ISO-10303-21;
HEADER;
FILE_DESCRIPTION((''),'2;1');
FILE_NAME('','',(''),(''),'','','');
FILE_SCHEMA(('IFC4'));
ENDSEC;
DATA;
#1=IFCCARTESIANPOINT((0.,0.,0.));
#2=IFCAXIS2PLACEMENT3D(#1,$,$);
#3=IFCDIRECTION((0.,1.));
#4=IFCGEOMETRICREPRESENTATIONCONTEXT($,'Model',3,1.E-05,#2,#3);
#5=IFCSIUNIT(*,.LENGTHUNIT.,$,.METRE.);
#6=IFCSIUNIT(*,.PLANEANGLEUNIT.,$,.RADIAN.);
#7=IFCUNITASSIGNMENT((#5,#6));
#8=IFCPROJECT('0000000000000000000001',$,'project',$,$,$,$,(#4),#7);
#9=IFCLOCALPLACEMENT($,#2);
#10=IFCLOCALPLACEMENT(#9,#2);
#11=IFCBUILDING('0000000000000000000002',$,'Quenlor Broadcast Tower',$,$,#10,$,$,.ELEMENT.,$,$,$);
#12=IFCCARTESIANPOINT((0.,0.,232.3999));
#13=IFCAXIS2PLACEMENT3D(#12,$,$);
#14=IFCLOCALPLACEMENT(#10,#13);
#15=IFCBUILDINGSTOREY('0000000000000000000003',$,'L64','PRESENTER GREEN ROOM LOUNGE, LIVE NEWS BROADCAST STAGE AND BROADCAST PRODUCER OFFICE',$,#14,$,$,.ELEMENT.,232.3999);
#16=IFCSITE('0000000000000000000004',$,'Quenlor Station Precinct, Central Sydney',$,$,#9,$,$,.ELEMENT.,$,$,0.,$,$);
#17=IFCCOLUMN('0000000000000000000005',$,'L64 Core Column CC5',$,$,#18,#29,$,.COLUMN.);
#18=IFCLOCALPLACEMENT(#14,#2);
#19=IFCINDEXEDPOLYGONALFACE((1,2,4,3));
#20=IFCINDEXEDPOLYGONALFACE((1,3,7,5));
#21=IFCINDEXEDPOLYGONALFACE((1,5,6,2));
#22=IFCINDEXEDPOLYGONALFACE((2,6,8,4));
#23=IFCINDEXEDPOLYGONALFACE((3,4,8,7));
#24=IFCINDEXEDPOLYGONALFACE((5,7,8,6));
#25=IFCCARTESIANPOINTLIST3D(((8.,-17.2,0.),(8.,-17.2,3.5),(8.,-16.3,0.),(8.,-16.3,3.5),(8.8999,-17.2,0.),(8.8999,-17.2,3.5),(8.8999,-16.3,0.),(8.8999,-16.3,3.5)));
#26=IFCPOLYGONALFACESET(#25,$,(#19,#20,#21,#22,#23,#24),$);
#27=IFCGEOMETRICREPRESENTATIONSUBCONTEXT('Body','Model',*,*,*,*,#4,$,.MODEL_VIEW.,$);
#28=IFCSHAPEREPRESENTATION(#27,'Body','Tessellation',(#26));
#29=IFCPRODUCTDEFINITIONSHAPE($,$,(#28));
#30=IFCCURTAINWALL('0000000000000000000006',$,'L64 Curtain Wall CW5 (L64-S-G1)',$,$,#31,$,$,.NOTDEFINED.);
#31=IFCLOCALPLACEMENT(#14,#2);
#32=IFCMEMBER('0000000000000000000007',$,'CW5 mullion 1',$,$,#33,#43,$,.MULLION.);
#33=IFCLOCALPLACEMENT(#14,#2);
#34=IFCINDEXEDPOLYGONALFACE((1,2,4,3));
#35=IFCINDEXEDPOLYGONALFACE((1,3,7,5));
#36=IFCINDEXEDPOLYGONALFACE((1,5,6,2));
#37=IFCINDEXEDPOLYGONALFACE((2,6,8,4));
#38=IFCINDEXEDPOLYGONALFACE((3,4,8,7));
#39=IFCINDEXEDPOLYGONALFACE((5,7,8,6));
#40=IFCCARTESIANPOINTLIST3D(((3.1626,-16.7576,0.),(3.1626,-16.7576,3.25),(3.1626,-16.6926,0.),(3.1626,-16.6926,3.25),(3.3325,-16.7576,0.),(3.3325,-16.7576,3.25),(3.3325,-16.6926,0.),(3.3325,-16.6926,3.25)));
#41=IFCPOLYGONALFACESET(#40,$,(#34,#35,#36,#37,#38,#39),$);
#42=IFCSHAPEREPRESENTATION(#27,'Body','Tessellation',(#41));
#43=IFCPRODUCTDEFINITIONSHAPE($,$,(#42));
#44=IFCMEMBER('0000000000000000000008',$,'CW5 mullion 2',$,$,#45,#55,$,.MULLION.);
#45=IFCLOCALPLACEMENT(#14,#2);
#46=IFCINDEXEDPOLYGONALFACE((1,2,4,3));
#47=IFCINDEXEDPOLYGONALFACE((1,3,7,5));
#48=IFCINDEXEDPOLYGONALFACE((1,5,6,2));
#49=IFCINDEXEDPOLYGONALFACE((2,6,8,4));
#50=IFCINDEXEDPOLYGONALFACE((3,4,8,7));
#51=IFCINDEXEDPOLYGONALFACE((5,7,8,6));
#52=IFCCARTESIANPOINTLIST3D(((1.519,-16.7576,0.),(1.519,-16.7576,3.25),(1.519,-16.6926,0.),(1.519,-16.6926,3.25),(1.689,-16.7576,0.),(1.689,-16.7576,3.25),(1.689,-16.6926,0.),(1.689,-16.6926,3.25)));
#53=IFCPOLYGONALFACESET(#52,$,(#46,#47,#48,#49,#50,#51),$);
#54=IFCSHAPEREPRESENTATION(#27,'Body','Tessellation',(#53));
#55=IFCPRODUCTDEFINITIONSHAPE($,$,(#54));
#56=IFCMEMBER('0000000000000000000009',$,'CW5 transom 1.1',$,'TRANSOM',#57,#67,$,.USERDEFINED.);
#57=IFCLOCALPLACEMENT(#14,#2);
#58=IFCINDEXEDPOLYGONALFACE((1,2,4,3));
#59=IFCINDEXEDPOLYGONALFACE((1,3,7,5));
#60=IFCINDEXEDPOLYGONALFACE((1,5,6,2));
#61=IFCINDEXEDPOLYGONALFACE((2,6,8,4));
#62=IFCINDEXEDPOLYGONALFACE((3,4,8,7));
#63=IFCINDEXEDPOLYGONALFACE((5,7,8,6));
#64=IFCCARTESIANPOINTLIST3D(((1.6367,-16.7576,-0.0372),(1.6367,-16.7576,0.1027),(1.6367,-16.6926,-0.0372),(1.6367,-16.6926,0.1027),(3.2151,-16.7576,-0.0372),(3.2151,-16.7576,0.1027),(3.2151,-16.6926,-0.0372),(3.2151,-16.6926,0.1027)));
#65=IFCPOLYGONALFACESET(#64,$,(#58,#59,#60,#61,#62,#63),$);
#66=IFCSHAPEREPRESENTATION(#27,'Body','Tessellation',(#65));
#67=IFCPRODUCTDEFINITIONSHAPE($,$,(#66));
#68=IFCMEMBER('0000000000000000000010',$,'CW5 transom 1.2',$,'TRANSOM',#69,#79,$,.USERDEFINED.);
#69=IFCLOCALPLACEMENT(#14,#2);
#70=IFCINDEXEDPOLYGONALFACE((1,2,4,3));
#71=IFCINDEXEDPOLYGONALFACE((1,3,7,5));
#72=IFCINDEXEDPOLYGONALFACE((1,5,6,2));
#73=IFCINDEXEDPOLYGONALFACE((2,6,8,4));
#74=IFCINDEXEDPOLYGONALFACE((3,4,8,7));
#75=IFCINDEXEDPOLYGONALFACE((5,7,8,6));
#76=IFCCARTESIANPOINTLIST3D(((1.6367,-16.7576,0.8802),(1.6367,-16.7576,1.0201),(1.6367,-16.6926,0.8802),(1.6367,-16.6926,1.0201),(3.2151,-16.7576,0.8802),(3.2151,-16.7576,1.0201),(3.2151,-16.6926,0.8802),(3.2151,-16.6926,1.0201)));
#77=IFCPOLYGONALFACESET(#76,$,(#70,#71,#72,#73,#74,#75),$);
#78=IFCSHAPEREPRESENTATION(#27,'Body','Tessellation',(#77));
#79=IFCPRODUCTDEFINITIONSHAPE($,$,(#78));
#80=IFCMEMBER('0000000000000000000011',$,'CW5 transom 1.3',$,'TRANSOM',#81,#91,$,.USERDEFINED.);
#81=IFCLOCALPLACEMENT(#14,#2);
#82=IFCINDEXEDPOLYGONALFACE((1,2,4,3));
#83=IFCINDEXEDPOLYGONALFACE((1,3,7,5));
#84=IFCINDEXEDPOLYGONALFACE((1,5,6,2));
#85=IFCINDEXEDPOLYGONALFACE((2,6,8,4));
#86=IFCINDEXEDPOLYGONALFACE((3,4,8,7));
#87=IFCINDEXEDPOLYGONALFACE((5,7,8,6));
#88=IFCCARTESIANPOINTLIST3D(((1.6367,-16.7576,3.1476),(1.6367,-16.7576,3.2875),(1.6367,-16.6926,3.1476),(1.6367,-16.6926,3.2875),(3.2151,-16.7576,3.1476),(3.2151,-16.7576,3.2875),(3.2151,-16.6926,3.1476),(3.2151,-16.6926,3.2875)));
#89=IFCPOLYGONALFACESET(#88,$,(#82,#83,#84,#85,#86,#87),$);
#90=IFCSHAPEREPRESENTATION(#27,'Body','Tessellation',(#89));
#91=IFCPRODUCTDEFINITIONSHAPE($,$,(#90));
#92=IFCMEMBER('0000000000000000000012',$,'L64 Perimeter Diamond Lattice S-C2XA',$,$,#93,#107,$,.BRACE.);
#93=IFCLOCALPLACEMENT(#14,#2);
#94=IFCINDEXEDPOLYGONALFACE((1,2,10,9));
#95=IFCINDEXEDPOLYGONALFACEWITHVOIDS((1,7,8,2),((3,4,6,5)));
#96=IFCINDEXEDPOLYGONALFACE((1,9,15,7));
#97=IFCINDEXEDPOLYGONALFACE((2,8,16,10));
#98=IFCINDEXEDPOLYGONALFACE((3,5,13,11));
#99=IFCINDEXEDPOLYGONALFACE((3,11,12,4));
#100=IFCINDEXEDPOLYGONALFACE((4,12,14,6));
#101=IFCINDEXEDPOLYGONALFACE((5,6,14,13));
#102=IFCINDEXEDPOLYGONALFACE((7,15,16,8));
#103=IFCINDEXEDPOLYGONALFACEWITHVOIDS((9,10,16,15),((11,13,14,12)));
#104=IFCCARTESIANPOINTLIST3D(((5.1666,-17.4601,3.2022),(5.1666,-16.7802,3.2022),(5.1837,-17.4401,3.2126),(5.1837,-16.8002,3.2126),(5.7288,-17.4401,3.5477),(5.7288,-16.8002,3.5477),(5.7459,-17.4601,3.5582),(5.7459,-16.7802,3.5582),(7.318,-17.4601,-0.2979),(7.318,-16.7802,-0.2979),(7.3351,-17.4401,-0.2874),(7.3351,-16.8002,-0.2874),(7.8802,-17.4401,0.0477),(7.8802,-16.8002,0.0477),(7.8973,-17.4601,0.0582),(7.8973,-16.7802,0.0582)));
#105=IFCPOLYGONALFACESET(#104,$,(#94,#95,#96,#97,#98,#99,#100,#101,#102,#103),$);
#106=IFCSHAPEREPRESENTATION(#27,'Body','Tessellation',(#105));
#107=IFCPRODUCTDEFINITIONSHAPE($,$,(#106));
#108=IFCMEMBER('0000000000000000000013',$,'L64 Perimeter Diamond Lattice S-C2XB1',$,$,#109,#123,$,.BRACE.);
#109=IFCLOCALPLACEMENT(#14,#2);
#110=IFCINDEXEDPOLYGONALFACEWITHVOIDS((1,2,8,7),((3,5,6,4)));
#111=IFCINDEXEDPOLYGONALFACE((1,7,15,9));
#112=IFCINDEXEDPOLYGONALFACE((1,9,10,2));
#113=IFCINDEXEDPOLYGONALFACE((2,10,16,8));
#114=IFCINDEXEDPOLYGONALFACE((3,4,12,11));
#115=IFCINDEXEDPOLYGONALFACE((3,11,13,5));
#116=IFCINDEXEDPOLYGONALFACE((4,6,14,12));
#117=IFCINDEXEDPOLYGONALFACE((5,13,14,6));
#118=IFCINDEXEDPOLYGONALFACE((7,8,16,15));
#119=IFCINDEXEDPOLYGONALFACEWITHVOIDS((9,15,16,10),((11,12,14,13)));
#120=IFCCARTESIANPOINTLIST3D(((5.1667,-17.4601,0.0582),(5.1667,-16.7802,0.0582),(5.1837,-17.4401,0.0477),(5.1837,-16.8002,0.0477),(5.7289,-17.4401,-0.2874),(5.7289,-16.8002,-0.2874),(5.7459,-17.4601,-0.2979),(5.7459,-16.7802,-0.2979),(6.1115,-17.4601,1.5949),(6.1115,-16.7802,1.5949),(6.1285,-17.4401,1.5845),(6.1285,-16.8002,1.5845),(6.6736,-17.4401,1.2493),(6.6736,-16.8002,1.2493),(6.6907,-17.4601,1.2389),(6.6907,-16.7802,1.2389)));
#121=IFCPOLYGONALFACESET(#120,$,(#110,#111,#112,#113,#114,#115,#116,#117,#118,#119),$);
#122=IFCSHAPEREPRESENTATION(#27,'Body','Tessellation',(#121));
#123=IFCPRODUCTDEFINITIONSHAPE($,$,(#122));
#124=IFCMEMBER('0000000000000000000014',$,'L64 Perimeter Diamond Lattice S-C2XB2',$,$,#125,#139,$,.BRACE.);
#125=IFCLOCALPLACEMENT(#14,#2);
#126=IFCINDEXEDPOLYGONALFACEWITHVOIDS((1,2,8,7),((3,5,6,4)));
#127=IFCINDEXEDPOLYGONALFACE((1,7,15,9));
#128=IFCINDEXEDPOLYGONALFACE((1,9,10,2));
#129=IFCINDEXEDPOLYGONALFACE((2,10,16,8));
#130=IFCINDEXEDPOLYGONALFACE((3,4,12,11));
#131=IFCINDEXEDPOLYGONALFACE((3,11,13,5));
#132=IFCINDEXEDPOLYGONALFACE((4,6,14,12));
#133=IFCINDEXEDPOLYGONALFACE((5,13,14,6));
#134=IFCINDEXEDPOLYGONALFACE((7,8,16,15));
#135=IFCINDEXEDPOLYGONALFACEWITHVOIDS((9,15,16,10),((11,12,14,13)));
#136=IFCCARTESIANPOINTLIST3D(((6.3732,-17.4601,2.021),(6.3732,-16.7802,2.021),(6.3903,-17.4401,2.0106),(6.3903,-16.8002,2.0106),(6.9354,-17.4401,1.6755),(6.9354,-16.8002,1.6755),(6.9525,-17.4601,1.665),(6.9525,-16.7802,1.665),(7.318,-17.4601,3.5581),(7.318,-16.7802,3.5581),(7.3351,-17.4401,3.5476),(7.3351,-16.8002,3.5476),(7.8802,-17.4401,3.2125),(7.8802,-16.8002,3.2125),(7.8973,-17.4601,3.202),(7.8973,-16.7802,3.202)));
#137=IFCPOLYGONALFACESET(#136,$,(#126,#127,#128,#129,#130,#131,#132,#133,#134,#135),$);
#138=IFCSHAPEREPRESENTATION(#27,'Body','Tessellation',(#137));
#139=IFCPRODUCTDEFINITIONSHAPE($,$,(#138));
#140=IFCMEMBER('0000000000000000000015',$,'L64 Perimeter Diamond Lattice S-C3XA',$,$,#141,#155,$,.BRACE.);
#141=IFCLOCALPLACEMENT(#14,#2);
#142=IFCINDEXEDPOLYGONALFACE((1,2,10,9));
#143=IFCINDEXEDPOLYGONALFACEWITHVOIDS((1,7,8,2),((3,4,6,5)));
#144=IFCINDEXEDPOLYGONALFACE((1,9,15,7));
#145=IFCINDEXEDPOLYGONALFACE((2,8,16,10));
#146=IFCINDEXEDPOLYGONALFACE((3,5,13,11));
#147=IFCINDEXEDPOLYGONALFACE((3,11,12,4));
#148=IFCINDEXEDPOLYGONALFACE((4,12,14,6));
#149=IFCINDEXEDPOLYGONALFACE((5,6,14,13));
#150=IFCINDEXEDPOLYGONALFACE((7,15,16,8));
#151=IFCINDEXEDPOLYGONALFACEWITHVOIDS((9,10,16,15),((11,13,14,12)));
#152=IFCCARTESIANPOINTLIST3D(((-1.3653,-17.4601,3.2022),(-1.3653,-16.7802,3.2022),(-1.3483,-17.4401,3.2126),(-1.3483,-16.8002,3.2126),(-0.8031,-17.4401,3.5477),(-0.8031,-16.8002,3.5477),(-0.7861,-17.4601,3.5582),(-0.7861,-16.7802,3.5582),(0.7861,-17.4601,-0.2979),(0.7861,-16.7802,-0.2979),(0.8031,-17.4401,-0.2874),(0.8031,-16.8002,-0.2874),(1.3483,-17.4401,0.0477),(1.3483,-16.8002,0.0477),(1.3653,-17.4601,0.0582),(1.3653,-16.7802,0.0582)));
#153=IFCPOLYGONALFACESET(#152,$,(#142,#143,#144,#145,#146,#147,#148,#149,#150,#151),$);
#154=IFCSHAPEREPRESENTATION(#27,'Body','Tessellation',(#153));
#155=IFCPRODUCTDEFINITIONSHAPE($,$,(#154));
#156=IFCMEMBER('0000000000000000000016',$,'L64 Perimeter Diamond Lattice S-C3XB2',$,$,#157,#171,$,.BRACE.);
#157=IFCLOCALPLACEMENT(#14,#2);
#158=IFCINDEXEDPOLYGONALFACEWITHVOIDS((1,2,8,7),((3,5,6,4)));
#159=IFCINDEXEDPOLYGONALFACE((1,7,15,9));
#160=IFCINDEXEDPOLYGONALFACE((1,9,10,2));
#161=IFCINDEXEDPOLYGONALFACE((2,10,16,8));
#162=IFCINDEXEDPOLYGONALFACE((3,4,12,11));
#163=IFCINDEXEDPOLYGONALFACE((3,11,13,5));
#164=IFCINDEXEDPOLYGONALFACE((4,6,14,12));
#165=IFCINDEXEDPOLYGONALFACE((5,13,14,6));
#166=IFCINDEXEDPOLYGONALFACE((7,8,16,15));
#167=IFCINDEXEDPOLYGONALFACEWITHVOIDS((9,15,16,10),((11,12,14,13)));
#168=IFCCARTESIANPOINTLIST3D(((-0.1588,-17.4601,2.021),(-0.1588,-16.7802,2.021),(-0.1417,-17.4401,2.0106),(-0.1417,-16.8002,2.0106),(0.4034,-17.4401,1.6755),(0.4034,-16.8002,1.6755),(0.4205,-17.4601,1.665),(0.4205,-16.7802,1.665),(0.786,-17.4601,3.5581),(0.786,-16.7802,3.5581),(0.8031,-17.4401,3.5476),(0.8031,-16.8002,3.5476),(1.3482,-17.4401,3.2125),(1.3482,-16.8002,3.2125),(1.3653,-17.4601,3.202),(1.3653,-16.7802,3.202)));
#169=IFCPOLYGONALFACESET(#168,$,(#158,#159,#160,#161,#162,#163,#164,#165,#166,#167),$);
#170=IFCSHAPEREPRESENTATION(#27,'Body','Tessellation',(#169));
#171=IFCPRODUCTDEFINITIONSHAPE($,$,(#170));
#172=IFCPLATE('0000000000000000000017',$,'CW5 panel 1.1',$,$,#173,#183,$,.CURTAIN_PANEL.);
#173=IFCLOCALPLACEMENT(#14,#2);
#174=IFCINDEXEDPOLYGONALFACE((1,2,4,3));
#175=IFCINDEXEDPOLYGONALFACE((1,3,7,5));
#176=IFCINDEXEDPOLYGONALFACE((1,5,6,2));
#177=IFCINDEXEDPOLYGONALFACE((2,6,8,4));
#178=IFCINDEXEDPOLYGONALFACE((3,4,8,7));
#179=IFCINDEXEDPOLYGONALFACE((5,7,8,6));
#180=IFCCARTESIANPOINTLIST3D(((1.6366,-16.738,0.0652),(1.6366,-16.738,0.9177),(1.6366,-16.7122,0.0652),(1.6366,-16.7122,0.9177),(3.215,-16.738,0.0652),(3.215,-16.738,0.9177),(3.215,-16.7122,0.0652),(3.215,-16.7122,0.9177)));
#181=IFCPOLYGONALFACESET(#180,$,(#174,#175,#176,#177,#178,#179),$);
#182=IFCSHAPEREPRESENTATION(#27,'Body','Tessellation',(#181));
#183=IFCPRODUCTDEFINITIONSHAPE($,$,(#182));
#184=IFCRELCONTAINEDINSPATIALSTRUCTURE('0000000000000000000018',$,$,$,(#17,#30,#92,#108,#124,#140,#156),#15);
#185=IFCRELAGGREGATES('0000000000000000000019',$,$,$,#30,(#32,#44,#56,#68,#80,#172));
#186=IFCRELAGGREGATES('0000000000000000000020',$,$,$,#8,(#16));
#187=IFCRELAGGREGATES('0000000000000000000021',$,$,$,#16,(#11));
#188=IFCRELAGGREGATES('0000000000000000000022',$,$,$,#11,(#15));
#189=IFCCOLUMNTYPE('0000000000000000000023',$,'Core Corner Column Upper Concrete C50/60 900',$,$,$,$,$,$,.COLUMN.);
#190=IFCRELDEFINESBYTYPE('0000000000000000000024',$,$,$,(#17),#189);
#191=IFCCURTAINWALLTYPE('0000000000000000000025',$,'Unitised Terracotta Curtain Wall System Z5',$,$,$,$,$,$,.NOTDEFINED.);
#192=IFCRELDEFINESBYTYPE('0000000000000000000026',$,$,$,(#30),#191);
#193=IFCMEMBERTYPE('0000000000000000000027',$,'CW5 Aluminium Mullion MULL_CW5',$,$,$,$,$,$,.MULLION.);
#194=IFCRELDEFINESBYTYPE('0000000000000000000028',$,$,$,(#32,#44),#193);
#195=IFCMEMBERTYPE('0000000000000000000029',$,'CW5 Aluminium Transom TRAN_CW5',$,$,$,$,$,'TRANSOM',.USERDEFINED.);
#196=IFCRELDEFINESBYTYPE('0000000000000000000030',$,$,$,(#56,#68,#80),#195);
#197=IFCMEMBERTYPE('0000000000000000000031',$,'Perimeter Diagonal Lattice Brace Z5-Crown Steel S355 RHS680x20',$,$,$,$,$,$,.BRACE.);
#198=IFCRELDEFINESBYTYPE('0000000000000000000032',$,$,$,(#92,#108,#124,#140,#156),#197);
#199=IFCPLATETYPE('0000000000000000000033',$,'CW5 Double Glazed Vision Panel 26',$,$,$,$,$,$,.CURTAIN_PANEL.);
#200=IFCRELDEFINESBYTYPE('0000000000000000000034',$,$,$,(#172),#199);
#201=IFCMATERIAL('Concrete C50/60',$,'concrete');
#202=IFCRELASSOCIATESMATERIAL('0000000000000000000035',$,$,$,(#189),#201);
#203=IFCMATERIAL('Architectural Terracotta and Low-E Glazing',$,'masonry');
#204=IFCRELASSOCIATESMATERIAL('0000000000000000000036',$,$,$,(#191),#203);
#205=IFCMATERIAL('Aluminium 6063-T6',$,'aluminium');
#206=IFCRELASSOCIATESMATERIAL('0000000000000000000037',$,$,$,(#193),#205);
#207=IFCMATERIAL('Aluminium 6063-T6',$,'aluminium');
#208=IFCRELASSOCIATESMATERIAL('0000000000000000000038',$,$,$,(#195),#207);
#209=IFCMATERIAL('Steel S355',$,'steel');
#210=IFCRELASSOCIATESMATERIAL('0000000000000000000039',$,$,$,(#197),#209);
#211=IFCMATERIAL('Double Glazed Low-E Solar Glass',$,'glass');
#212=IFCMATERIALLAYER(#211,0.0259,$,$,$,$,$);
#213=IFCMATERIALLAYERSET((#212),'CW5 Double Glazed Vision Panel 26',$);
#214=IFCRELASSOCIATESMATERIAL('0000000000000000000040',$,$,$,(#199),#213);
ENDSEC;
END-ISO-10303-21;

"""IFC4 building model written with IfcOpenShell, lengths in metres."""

from ifc_helpers import new_model, si_unit, direction, frame, origin, origin_2d, place, context, subcontext, project, spatial, rectangle, hollow_rectangle, extrude, material, layer, layer_set, material_profile, profile_set, type_object, element, aggregate, save


model = new_model("IFC4")

# Units and contexts
model_context = context("Model", 3, precision=1e-05, world=origin(), true_north=direction((0.0, 1.0)))
body_context = subcontext(model_context, "Body", "Model", "MODEL_VIEW")
ifc_project = project(units=[si_unit("LENGTHUNIT", "METRE"), si_unit("PLANEANGLEUNIT", "RADIAN")], contexts=[model_context])

# Site, building, storey
site_placement = place(None, origin())
site = spatial("IfcSite", under=ifc_project, at=site_placement, Name="Quenlor Station Precinct, Central Sydney", CompositionType="ELEMENT", RefElevation=0.0)
building_placement = place(site_placement, origin())
building = spatial("IfcBuilding", under=site, at=building_placement, Name="Quenlor Broadcast Tower", CompositionType="ELEMENT")
storey_placement = place(building_placement, frame((0.0, 0.0, 232.3999)))
storey = spatial("IfcBuildingStorey", under=building, at=storey_placement, Name="L64", Description="PRESENTER GREEN ROOM LOUNGE, LIVE NEWS BROADCAST STAGE AND BROADCAST PRODUCER OFFICE", CompositionType="ELEMENT", Elevation=232.3999)

# Column
ifc_material_1 = material(Name="Concrete C50/60", Category="concrete")
ifc_material_profile_1 = material_profile(ifc_material_1, rectangle(XDim=0.8999, YDim=0.8999, at=origin_2d()))
ifc_profile_set_1 = profile_set([ifc_material_profile_1], Name="Concrete C50/60 RC900x900")
column_type = type_object("IfcColumnType", Name="Core Corner Column Upper Concrete C50/60 900", PredefinedType="COLUMN", material=ifc_profile_set_1)
column_placement = place(storey_placement, frame((8.45, -16.75, 0.0), z_axis=(0.0, 0.0, 1.0), x_axis=(1.0, 0.0, 0.0)))
element("IfcColumn", 1, at=column_placement, inside=storey, type_object=column_type, Name="L64 Core Column CC5", PredefinedType="COLUMN", context=body_context, shape_type="SweptSolid", body=[
    extrude(rectangle(XDim=0.8999, YDim=0.8999, at=origin_2d()), origin(), (0.0, 0.0, 1.0), 3.5),
])

# Curtain wall, members
ifc_material_2 = material(Name="Architectural Terracotta and Low-E Glazing", Category="masonry")
curtain_wall_type = type_object("IfcCurtainWallType", Name="Unitised Terracotta Curtain Wall System Z5", PredefinedType="NOTDEFINED", material=ifc_material_2)
curtain_wall_placement = place(storey_placement, origin())
curtain_wall = element("IfcCurtainWall", 2, at=curtain_wall_placement, inside=storey, type_object=curtain_wall_type, Name="L64 Curtain Wall CW5 (L64-S-G1)", PredefinedType="NOTDEFINED")
ifc_material_3 = material(Name="Aluminium 6063-T6", Category="aluminium")
ifc_material_profile_2 = material_profile(ifc_material_3, rectangle(XDim=0.0649, YDim=0.1699, at=origin_2d()))
ifc_profile_set_2 = profile_set([ifc_material_profile_2], Name="Aluminium 6063-T6 MULL65x170")
member_type_1 = type_object("IfcMemberType", Name="CW5 Aluminium Mullion MULL_CW5", PredefinedType="MULLION", material=ifc_profile_set_2)
member_1_placement = place(storey_placement, frame((3.2476, -16.7251, 0.0), z_axis=(0.0, 0.0, 1.0), x_axis=(0.0, -1.0, 0.0)))
member_1 = element("IfcMember", 3, at=member_1_placement, type_object=member_type_1, Name="CW5 mullion 1", PredefinedType="MULLION", context=body_context, shape_type="SweptSolid", body=[
    extrude(rectangle(XDim=0.0649, YDim=0.1699, at=origin_2d()), origin(), (0.0, 0.0, 1.0), 3.25),
])
member_2_placement = place(storey_placement, frame((1.604, -16.7251, 0.0), z_axis=(0.0, 0.0, 1.0), x_axis=(0.0, -1.0, 0.0)))
member_2 = element("IfcMember", 4, at=member_2_placement, type_object=member_type_1, Name="CW5 mullion 2", PredefinedType="MULLION", context=body_context, shape_type="SweptSolid", body=[
    extrude(rectangle(XDim=0.0649, YDim=0.1699, at=origin_2d()), origin(), (0.0, 0.0, 1.0), 3.25),
])
ifc_material_4 = material(Name="Aluminium 6063-T6", Category="aluminium")
ifc_material_profile_3 = material_profile(ifc_material_4, rectangle(XDim=0.0649, YDim=0.1399, at=origin_2d()))
ifc_profile_set_3 = profile_set([ifc_material_profile_3], Name="Aluminium 6063-T6 TRAN65x140")
member_type_2 = type_object("IfcMemberType", Name="CW5 Aluminium Transom TRAN_CW5", ElementType="TRANSOM", PredefinedType="USERDEFINED", material=ifc_profile_set_3)
member_3_placement = place(storey_placement, frame((3.2151, -16.7251, 0.0327), z_axis=(-1.0, 0.0, 0.0), x_axis=(0.0, -1.0, 0.0)))
member_3 = element("IfcMember", 5, at=member_3_placement, type_object=member_type_2, Name="CW5 transom 1.1", ObjectType="TRANSOM", PredefinedType="USERDEFINED", context=body_context, shape_type="SweptSolid", body=[
    extrude(rectangle(XDim=0.0649, YDim=0.1399, at=origin_2d()), origin(), (0.0, 0.0, 1.0), 1.5784),
])
member_4_placement = place(storey_placement, frame((3.2151, -16.7251, 0.9502), z_axis=(-1.0, 0.0, 0.0), x_axis=(0.0, -1.0, 0.0)))
member_4 = element("IfcMember", 6, at=member_4_placement, type_object=member_type_2, Name="CW5 transom 1.2", ObjectType="TRANSOM", PredefinedType="USERDEFINED", context=body_context, shape_type="SweptSolid", body=[
    extrude(rectangle(XDim=0.0649, YDim=0.1399, at=origin_2d()), origin(), (0.0, 0.0, 1.0), 1.5784),
])
member_5_placement = place(storey_placement, frame((3.2151, -16.7251, 3.2175), z_axis=(-1.0, 0.0, 0.0), x_axis=(0.0, -1.0, 0.0)))
member_5 = element("IfcMember", 7, at=member_5_placement, type_object=member_type_2, Name="CW5 transom 1.3", ObjectType="TRANSOM", PredefinedType="USERDEFINED", context=body_context, shape_type="SweptSolid", body=[
    extrude(rectangle(XDim=0.0649, YDim=0.1399, at=origin_2d()), origin(), (0.0, 0.0, 1.0), 1.5784),
])

# Members
ifc_material_5 = material(Name="Steel S355", Category="steel")
ifc_material_profile_4 = material_profile(ifc_material_5, hollow_rectangle(XDim=0.6799, YDim=0.6799, WallThickness=0.02, at=origin_2d()))
ifc_profile_set_4 = profile_set([ifc_material_profile_4], Name="Steel S355 RHS680x680x20")
member_type_3 = type_object("IfcMemberType", Name="Perimeter Diagonal Lattice Brace Z5-Crown Steel S355 RHS680x20", PredefinedType="BRACE", material=ifc_profile_set_4)
member_6_placement = place(storey_placement, frame((7.6077, -17.1201, -0.1199), z_axis=(-0.52366, 0.0, 0.851928), x_axis=(0.0, -1.0, 0.0)))
element("IfcMember", 8, at=member_6_placement, inside=storey, type_object=member_type_3, Name="L64 Perimeter Diamond Lattice S-C2XA", PredefinedType="BRACE", context=body_context, shape_type="SweptSolid", body=[
    extrude(hollow_rectangle(XDim=0.6799, YDim=0.6799, WallThickness=0.02, at=origin_2d()), origin(), (0.0, 0.0, 1.0), 4.1084),
])
member_7_placement = place(storey_placement, frame((5.4563, -17.1201, -0.1199), z_axis=(0.52372, 0.0, 0.851891), x_axis=(0.0, 1.0, 0.0)))
element("IfcMember", 9, at=member_7_placement, inside=storey, type_object=member_type_3, Name="L64 Perimeter Diamond Lattice S-C2XB1", PredefinedType="BRACE", context=body_context, shape_type="SweptSolid", body=[
    extrude(hollow_rectangle(XDim=0.6799, YDim=0.6799, WallThickness=0.02, at=origin_2d()), origin(), (0.0, 0.0, 1.0), 1.804),
])
member_8_placement = place(storey_placement, frame((6.6628, -17.1201, 1.843), z_axis=(0.523659, 0.0, 0.851928), x_axis=(0.0, 1.0, 0.0)))
element("IfcMember", 10, at=member_8_placement, inside=storey, type_object=member_type_3, Name="L64 Perimeter Diamond Lattice S-C2XB2", PredefinedType="BRACE", context=body_context, shape_type="SweptSolid", body=[
    extrude(hollow_rectangle(XDim=0.6799, YDim=0.6799, WallThickness=0.02, at=origin_2d()), origin(), (0.0, 0.0, 1.0), 1.8042),
])
member_9_placement = place(storey_placement, frame((1.0757, -17.1201, -0.1199), z_axis=(-0.52366, 0.0, 0.851928), x_axis=(0.0, -1.0, 0.0)))
element("IfcMember", 11, at=member_9_placement, inside=storey, type_object=member_type_3, Name="L64 Perimeter Diamond Lattice S-C3XA", PredefinedType="BRACE", context=body_context, shape_type="SweptSolid", body=[
    extrude(hollow_rectangle(XDim=0.6799, YDim=0.6799, WallThickness=0.02, at=origin_2d()), origin(), (0.0, 0.0, 1.0), 4.1084),
])
member_10_placement = place(storey_placement, frame((0.1309, -17.1201, 1.843), z_axis=(0.523659, 0.0, 0.851928), x_axis=(0.0, 1.0, 0.0)))
element("IfcMember", 12, at=member_10_placement, inside=storey, type_object=member_type_3, Name="L64 Perimeter Diamond Lattice S-C3XB2", PredefinedType="BRACE", context=body_context, shape_type="SweptSolid", body=[
    extrude(hollow_rectangle(XDim=0.6799, YDim=0.6799, WallThickness=0.02, at=origin_2d()), origin(), (0.0, 0.0, 1.0), 1.8042),
])

# Plate
ifc_material_6 = material(Name="Double Glazed Low-E Solar Glass", Category="glass")
ifc_layer_1 = layer(ifc_material_6, 0.0259)
ifc_layer_set_1 = layer_set([ifc_layer_1], Name="CW5 Double Glazed Vision Panel 26")
plate_type_1 = type_object("IfcPlateType", Name="CW5 Double Glazed Vision Panel 26", PredefinedType="CURTAIN_PANEL", material=ifc_layer_set_1)
plate_1_placement = place(storey_placement, frame((2.4258, -16.7251, 0.0652), z_axis=(0.0, 0.0, 1.0), x_axis=(-1.0, 0.0, 0.0)))
plate_1 = element("IfcPlate", 13, at=plate_1_placement, type_object=plate_type_1, Name="CW5 panel 1.1", PredefinedType="CURTAIN_PANEL", context=body_context, shape_type="SweptSolid", body=[
    extrude(rectangle(XDim=1.5784, YDim=0.0259, at=origin_2d()), origin(), (0.0, 0.0, 1.0), 0.8525),
])
aggregate(curtain_wall, [member_1, member_2, member_3, member_4, member_5, plate_1])

save(model, "model.ifc")
